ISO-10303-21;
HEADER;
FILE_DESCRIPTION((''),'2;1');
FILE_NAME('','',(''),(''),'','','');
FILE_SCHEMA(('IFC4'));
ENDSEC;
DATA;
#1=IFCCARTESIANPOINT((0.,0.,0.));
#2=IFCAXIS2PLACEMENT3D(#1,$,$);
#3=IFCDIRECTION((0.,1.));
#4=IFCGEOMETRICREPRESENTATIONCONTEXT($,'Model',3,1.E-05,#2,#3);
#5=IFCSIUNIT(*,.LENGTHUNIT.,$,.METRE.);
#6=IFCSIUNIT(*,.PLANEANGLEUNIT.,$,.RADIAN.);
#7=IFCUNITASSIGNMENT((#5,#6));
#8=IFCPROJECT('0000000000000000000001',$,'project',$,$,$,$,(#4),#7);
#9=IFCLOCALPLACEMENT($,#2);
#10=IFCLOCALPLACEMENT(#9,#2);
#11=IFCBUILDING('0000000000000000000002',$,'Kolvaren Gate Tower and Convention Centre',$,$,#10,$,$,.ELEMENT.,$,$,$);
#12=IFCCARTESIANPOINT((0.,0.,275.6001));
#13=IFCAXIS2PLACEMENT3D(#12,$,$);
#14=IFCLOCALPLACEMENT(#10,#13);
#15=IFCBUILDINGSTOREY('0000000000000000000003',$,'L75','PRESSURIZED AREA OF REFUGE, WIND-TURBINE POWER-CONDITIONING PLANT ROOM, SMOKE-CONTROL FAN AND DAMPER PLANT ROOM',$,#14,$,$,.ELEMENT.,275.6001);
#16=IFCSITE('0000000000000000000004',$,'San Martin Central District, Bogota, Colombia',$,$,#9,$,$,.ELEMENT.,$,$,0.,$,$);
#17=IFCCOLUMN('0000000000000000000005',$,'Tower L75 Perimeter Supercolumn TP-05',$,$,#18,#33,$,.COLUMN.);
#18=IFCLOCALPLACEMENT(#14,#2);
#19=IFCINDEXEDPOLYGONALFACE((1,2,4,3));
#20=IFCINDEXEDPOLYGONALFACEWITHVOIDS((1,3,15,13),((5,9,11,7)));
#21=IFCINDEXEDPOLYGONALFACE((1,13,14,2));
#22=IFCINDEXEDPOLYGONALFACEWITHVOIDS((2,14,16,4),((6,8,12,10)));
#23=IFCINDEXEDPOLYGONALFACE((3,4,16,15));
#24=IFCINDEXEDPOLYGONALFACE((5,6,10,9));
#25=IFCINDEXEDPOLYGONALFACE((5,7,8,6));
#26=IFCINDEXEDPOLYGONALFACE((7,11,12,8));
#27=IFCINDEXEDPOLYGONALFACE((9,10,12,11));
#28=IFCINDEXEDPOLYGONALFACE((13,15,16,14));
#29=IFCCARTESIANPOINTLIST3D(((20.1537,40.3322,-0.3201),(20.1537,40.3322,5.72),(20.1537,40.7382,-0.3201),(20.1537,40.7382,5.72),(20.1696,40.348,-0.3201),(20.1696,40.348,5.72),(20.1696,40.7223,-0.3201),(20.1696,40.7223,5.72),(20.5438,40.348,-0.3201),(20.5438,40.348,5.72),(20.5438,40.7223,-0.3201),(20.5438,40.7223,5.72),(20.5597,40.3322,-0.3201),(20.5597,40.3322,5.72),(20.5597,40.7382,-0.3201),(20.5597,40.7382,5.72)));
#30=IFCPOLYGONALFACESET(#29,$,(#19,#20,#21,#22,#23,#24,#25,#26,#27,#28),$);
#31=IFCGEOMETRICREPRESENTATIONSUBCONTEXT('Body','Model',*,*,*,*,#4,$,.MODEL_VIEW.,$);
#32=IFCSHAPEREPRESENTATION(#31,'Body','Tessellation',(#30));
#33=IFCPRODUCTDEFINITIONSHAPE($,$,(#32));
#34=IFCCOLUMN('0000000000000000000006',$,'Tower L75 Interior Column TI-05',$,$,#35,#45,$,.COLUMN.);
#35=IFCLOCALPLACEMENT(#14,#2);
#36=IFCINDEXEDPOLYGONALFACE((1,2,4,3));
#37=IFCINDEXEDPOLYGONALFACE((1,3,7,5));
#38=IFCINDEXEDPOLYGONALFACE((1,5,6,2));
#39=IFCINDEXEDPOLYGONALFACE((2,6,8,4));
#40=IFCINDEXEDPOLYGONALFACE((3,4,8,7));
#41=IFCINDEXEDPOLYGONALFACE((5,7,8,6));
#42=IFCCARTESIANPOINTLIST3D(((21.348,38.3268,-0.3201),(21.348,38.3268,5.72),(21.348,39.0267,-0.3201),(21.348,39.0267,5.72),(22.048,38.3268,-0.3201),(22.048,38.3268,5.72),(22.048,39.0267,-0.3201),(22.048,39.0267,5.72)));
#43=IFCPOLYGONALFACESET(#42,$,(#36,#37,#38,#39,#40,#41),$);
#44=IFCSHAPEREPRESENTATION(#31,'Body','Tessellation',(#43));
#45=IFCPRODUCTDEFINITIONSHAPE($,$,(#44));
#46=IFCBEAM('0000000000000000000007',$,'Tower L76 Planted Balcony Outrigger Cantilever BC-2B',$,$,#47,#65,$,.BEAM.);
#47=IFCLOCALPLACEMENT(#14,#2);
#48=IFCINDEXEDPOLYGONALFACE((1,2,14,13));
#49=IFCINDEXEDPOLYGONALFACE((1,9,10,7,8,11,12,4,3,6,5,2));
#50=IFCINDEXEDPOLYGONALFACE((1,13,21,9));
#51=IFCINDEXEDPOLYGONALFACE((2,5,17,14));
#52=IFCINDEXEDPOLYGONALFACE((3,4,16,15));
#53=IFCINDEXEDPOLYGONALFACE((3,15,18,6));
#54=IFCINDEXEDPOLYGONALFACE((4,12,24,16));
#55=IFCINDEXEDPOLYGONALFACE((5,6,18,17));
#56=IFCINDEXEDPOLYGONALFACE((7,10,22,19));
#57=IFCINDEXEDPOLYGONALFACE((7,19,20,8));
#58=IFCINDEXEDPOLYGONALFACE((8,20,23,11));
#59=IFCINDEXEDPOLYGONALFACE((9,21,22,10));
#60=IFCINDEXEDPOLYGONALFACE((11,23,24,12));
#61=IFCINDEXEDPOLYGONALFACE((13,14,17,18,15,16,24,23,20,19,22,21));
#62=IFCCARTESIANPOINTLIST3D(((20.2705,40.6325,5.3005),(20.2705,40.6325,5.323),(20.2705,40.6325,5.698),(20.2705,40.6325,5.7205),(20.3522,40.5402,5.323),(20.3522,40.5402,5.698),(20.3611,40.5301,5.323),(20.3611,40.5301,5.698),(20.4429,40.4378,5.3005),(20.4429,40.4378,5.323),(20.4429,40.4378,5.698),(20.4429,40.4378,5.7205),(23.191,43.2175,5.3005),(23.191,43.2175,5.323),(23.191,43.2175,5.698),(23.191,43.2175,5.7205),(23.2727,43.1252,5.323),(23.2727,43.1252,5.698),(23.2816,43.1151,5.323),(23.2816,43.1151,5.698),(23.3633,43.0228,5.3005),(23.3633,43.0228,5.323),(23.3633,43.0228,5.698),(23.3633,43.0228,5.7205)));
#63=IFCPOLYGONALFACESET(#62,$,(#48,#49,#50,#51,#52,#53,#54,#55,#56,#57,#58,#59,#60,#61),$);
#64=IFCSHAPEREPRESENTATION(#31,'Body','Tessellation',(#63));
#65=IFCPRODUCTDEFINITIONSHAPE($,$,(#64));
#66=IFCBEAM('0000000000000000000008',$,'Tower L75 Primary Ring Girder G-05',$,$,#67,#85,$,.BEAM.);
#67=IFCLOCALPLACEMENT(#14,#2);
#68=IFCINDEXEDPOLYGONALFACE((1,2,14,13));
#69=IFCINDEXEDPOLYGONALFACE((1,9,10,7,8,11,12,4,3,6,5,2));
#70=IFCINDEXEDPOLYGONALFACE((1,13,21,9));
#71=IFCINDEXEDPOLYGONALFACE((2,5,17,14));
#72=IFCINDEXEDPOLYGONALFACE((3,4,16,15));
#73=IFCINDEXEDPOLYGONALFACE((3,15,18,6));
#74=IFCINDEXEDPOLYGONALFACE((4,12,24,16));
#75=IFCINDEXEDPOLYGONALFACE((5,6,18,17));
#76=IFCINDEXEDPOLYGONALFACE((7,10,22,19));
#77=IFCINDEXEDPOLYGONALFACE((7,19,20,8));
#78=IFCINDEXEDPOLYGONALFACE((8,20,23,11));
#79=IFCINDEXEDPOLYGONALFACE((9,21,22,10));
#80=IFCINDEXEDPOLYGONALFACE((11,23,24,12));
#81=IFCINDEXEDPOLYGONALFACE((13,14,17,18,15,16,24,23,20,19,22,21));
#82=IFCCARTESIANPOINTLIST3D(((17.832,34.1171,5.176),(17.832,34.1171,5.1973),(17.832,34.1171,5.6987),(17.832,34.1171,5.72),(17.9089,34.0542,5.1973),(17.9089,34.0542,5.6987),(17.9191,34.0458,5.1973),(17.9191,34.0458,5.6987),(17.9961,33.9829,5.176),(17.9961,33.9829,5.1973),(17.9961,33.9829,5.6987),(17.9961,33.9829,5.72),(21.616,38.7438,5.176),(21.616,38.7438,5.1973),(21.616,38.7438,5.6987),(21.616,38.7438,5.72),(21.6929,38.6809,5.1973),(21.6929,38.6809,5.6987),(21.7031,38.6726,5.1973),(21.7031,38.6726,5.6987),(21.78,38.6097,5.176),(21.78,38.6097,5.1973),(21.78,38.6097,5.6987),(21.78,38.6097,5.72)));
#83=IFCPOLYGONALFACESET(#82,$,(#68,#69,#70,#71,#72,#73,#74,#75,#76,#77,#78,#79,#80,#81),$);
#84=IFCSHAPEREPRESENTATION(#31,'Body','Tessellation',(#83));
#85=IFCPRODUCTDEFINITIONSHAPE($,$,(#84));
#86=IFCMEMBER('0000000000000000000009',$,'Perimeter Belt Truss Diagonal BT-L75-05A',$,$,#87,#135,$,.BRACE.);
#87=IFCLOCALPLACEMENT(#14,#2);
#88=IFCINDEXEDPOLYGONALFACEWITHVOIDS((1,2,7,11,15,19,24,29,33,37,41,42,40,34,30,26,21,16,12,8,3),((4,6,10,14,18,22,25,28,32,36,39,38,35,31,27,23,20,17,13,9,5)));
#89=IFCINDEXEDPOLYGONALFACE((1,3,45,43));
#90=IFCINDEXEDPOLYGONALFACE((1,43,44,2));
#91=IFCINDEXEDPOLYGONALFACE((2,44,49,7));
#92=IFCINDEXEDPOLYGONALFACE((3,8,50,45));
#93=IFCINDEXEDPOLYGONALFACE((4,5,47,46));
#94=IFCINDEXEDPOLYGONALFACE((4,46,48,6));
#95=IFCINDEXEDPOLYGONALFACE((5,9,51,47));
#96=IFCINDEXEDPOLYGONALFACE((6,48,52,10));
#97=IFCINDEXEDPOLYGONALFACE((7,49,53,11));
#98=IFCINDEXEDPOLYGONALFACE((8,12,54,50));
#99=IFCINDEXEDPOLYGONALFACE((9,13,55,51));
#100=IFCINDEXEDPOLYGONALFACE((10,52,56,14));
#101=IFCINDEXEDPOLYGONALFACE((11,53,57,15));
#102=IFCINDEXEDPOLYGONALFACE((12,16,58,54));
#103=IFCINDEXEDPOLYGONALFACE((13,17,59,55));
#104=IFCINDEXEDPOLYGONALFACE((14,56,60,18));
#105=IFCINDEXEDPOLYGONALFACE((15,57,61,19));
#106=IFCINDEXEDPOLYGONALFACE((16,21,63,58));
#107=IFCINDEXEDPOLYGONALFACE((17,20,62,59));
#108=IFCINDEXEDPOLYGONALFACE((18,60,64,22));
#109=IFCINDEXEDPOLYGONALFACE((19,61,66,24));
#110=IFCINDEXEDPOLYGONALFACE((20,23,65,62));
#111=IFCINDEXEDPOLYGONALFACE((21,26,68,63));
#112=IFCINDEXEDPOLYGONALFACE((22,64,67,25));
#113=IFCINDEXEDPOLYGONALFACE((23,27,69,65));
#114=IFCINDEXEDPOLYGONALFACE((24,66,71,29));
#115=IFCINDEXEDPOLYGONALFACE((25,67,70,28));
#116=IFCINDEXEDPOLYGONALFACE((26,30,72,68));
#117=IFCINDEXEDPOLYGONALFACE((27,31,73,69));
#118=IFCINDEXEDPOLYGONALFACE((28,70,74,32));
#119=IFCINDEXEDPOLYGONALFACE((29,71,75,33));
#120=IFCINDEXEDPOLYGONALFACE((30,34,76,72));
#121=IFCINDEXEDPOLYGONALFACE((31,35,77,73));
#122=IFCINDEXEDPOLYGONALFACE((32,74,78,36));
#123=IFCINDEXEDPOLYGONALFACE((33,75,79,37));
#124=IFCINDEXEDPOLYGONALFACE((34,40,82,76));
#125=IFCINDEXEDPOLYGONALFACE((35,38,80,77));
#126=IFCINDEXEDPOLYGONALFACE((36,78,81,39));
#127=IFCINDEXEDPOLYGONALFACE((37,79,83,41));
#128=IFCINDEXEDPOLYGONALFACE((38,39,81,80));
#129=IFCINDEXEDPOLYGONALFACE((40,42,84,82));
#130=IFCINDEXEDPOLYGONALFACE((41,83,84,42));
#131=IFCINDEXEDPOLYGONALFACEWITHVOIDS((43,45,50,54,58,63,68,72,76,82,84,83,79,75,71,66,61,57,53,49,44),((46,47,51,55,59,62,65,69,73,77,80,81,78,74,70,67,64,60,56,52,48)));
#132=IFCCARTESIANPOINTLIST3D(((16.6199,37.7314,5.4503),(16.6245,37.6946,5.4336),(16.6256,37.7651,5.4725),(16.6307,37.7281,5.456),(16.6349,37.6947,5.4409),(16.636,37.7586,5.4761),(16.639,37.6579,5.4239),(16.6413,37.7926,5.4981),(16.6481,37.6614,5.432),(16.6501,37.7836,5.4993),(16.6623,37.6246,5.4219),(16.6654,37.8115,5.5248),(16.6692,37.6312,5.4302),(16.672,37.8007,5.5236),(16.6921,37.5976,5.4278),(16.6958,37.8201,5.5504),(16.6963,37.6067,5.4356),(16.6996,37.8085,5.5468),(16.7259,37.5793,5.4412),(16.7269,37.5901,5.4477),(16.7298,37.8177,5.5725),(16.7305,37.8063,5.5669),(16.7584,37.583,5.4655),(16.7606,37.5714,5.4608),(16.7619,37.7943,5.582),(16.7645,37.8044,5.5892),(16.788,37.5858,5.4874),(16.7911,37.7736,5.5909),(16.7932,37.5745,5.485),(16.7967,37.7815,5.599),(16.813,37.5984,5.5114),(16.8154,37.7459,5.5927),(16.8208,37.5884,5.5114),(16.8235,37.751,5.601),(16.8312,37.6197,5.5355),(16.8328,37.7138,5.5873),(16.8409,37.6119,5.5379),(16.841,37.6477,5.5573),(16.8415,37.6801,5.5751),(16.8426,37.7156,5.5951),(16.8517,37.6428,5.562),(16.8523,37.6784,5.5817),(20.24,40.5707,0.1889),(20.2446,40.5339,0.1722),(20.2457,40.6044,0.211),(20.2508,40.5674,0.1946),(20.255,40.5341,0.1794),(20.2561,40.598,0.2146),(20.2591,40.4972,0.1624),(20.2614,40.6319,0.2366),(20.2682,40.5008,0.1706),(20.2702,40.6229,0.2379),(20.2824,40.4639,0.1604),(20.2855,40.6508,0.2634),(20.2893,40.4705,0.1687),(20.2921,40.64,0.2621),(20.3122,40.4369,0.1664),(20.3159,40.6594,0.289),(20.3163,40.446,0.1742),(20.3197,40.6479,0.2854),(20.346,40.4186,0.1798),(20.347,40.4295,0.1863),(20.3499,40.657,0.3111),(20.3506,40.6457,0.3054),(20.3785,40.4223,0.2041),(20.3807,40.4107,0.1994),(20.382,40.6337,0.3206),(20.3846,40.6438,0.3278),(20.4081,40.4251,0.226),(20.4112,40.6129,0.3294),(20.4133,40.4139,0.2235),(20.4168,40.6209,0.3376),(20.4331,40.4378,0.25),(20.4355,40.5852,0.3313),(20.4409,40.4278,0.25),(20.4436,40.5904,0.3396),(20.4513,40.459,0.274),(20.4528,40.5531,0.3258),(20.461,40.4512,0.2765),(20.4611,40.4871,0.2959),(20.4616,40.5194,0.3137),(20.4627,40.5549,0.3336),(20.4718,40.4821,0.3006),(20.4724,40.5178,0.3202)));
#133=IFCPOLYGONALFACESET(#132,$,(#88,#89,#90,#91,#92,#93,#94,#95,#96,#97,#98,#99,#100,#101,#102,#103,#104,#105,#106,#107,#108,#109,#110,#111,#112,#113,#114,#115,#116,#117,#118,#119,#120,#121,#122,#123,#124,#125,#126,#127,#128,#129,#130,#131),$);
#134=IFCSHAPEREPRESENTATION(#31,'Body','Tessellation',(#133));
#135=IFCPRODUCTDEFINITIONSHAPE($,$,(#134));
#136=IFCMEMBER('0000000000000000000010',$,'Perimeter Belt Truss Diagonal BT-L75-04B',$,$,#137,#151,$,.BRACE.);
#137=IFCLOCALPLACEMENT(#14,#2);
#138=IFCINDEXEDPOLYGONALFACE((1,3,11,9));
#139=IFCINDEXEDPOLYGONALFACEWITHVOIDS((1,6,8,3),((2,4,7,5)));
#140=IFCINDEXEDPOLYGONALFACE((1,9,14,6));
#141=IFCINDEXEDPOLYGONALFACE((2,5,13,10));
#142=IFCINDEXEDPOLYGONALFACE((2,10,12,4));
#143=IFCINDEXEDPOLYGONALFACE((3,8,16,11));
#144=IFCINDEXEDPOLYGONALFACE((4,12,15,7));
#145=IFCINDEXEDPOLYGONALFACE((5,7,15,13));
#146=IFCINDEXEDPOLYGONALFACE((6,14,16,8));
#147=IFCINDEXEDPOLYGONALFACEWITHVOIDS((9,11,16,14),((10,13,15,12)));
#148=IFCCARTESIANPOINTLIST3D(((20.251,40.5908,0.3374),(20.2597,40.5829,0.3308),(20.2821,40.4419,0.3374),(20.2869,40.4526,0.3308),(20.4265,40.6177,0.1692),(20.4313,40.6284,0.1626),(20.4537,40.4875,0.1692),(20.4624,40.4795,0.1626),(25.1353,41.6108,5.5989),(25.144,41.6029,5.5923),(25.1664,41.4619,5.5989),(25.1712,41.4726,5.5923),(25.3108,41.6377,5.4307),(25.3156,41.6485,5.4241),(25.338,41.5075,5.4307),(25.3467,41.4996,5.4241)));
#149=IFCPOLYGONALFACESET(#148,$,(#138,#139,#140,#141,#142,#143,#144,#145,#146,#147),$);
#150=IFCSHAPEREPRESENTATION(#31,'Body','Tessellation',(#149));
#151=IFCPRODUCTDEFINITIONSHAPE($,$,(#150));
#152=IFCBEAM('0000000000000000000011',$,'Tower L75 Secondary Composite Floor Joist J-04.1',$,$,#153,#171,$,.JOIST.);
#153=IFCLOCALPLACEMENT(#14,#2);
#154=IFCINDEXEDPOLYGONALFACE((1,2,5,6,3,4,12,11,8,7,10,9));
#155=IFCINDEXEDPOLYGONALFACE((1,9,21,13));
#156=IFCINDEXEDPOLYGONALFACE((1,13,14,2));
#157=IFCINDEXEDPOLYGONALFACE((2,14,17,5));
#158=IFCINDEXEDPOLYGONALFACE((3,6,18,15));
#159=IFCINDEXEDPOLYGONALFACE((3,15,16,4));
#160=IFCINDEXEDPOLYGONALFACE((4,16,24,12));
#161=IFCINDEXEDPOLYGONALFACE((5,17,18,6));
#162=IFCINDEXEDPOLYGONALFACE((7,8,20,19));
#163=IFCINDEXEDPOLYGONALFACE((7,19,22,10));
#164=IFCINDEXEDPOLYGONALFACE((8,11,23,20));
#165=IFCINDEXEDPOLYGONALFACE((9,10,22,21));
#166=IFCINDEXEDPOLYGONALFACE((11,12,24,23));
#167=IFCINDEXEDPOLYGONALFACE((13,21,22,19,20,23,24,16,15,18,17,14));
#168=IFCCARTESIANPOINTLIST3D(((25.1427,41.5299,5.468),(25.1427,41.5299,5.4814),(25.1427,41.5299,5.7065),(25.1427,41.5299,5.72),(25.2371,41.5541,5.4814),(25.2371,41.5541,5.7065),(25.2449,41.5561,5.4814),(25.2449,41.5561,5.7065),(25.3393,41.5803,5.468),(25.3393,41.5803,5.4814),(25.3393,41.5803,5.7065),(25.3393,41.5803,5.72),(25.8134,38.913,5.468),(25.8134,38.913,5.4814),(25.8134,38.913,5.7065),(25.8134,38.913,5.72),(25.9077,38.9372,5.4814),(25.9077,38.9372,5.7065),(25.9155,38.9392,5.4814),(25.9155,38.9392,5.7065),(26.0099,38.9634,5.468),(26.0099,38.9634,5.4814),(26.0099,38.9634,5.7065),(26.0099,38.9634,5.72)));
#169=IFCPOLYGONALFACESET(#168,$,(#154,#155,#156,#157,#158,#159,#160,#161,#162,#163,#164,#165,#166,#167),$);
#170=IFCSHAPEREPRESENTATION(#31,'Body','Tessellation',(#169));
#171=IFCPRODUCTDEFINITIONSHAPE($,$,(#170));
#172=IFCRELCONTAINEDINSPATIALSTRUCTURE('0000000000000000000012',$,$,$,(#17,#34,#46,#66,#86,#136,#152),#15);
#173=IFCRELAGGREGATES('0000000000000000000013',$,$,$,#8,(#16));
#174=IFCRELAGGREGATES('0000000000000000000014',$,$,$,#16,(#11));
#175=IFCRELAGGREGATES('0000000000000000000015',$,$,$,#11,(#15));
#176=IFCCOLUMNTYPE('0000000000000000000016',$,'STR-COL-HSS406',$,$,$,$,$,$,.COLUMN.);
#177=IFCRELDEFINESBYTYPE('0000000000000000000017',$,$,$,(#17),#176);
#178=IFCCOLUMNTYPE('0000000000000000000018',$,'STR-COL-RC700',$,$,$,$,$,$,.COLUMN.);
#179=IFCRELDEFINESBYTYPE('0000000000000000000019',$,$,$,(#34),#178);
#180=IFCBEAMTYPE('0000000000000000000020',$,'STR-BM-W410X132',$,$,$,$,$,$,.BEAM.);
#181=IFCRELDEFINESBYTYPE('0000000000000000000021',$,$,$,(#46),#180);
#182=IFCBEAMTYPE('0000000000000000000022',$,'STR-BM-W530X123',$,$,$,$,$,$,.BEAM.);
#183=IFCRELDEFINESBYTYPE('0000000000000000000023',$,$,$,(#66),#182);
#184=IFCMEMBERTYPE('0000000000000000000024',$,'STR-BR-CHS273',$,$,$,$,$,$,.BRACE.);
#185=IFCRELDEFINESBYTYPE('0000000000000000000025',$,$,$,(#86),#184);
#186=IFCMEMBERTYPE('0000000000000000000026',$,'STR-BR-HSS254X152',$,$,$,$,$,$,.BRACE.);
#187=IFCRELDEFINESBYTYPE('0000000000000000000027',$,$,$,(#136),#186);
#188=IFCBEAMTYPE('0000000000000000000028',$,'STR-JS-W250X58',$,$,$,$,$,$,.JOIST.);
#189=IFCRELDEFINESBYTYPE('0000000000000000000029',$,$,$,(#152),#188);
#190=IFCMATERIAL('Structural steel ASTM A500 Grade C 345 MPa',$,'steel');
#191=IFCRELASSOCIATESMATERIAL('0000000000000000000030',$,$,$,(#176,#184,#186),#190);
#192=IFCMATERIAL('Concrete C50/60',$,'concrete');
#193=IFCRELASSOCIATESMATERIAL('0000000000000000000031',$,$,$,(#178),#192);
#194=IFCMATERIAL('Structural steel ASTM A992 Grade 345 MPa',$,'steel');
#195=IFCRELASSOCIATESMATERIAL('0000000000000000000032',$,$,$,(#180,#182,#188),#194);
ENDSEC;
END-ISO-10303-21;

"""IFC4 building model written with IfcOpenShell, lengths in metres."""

from ifc_helpers import new_model, si_unit, direction, frame, origin, origin_2d, place, context, subcontext, project, spatial, rectangle, hollow_rectangle, hollow_circle, i_section, extrude, material, material_profile, profile_set, type_object, element, save


model = new_model("IFC4")

# Units and contexts
model_context = context("Model", 3, precision=1e-05, world=origin(), true_north=direction((0.0, 1.0)))
body_context = subcontext(model_context, "Body", "Model", "MODEL_VIEW")
ifc_project = project(units=[si_unit("LENGTHUNIT", "METRE"), si_unit("PLANEANGLEUNIT", "RADIAN")], contexts=[model_context])

# Site, building, storey
site_placement = place(None, origin())
site = spatial("IfcSite", under=ifc_project, at=site_placement, Name="San Martin Central District, Bogota, Colombia", CompositionType="ELEMENT", RefElevation=0.0)
building_placement = place(site_placement, origin())
building = spatial("IfcBuilding", under=site, at=building_placement, Name="Kolvaren Gate Tower and Convention Centre", CompositionType="ELEMENT")
storey_placement = place(building_placement, frame((0.0, 0.0, 275.6001)))
storey = spatial("IfcBuildingStorey", under=building, at=storey_placement, Name="L75", Description="PRESSURIZED AREA OF REFUGE, WIND-TURBINE POWER-CONDITIONING PLANT ROOM, SMOKE-CONTROL FAN AND DAMPER PLANT ROOM", CompositionType="ELEMENT", Elevation=275.6001)

# Columns
ifc_material_1 = material(Name="Structural steel ASTM A500 Grade C 345 MPa", Category="steel")
ifc_material_profile_1 = material_profile(ifc_material_1, hollow_rectangle(XDim=0.406, YDim=0.406, WallThickness=0.0159, at=origin_2d()), Name="HSS406X406X15.9")
ifc_profile_set_1 = profile_set([ifc_material_profile_1], Name="Structural steel ASTM A500 Grade C 345 MPa")
column_type_1 = type_object("IfcColumnType", Name="STR-COL-HSS406", PredefinedType="COLUMN", material=ifc_profile_set_1)
column_1_placement = place(storey_placement, frame((20.3567, 40.5352, -0.3201), z_axis=(0.0, 0.0, 1.0), x_axis=(1.0, 0.0, 0.0)))
element("IfcColumn", 1, at=column_1_placement, inside=storey, type_object=column_type_1, Name="Tower L75 Perimeter Supercolumn TP-05", PredefinedType="COLUMN", context=body_context, shape_type="SweptSolid", body=[
    extrude(hollow_rectangle(XDim=0.406, YDim=0.406, WallThickness=0.0159, at=origin_2d()), origin(), (0.0, 0.0, 1.0), 6.04),
])
ifc_material_2 = material(Name="Concrete C50/60", Category="concrete")
ifc_material_profile_2 = material_profile(ifc_material_2, rectangle(XDim=0.7, YDim=0.7, at=origin_2d()), Name="RC-COL-700X700")
ifc_profile_set_2 = profile_set([ifc_material_profile_2], Name="Concrete C50/60")
column_type_2 = type_object("IfcColumnType", Name="STR-COL-RC700", PredefinedType="COLUMN", material=ifc_profile_set_2)
column_2_placement = place(storey_placement, frame((21.698, 38.6768, -0.3201), z_axis=(0.0, 0.0, 1.0), x_axis=(1.0, 0.0, 0.0)))
element("IfcColumn", 2, at=column_2_placement, inside=storey, type_object=column_type_2, Name="Tower L75 Interior Column TI-05", PredefinedType="COLUMN", context=body_context, shape_type="SweptSolid", body=[
    extrude(rectangle(XDim=0.7, YDim=0.7, at=origin_2d()), origin(), (0.0, 0.0, 1.0), 6.04),
])

# Beams
ifc_material_3 = material(Name="Structural steel ASTM A992 Grade 345 MPa", Category="steel")
ifc_material_profile_3 = material_profile(ifc_material_3, i_section(OverallWidth=0.26, OverallDepth=0.4199, WebThickness=0.0134, FlangeThickness=0.0225, at=origin_2d()), Name="W410X132")
ifc_profile_set_3 = profile_set([ifc_material_profile_3], Name="Structural steel ASTM A992 Grade 345 MPa")
beam_type_1 = type_object("IfcBeamType", Name="STR-BM-W410X132", PredefinedType="BEAM", material=ifc_profile_set_3)
beam_1_placement = place(storey_placement, frame((20.3567, 40.5352, 5.5105), z_axis=(0.748803, 0.662793, 0.0), x_axis=(-0.662793, 0.748803, 0.0)))
element("IfcBeam", 3, at=beam_1_placement, inside=storey, type_object=beam_type_1, Name="Tower L76 Planted Balcony Outrigger Cantilever BC-2B", PredefinedType="BEAM", context=body_context, shape_type="SweptSolid", body=[
    extrude(i_section(OverallWidth=0.26, OverallDepth=0.4199, WebThickness=0.0134, FlangeThickness=0.0225, at=origin_2d()), origin(), (0.0, 0.0, 1.0), 3.9001),
])
ifc_material_profile_4 = material_profile(ifc_material_3, i_section(OverallWidth=0.2119, OverallDepth=0.5439, WebThickness=0.0132, FlangeThickness=0.0212, at=origin_2d()), Name="W530X123")
ifc_profile_set_4 = profile_set([ifc_material_profile_4], Name="Structural steel ASTM A992 Grade 345 MPa")
beam_type_2 = type_object("IfcBeamType", Name="STR-BM-W530X123", PredefinedType="BEAM", material=ifc_profile_set_4)
beam_2_placement = place(storey_placement, frame((21.698, 38.6768, 5.448), z_axis=(-0.633082, -0.774085, 0.0), x_axis=(0.774085, -0.633082, 0.0)))
element("IfcBeam", 4, at=beam_2_placement, inside=storey, type_object=beam_type_2, Name="Tower L75 Primary Ring Girder G-05", PredefinedType="BEAM", context=body_context, shape_type="SweptSolid", body=[
    extrude(i_section(OverallWidth=0.2119, OverallDepth=0.5439, WebThickness=0.0132, FlangeThickness=0.0212, at=origin_2d()), origin(), (0.0, 0.0, 1.0), 5.9771),
])

# Members
ifc_material_profile_5 = material_profile(ifc_material_1, hollow_circle(Radius=0.1365, WallThickness=0.0127, at=origin_2d()), Name="CHS273X12.7")
ifc_profile_set_5 = profile_set([ifc_material_profile_5], Name="Structural steel ASTM A500 Grade C 345 MPa")
member_type_1 = type_object("IfcMemberType", Name="STR-BR-CHS273", PredefinedType="BRACE", material=ifc_profile_set_5)
member_1_placement = place(storey_placement, frame((20.3567, 40.5352, 0.25), z_axis=(-0.517951, -0.406243, 0.75279), x_axis=(0.617146, -0.786848, 0.0)))
element("IfcMember", 5, at=member_1_placement, inside=storey, type_object=member_type_1, Name="Perimeter Belt Truss Diagonal BT-L75-05A", PredefinedType="BRACE", context=body_context, shape_type="SweptSolid", body=[
    extrude(hollow_circle(Radius=0.1365, WallThickness=0.0127, at=origin_2d()), origin(), (0.0, 0.0, 1.0), 6.9893),
])
ifc_material_profile_6 = material_profile(ifc_material_1, hollow_rectangle(XDim=0.1521, YDim=0.2539, WallThickness=0.0095, at=origin_2d()), Name="HSS254X152X9.5")
ifc_profile_set_6 = profile_set([ifc_material_profile_6], Name="Structural steel ASTM A500 Grade C 345 MPa")
member_type_2 = type_object("IfcMemberType", Name="STR-BR-HSS254X152", PredefinedType="BRACE", material=ifc_profile_set_6)
member_2_placement = place(storey_placement, frame((20.3567, 40.5352, 0.25), z_axis=(0.673583, 0.140669, 0.725602), x_axis=(-0.204427, 0.978882, 0.0)))
element("IfcMember", 6, at=member_2_placement, inside=storey, type_object=member_type_2, Name="Perimeter Belt Truss Diagonal BT-L75-04B", PredefinedType="BRACE", context=body_context, shape_type="SweptSolid", body=[
    extrude(hollow_rectangle(XDim=0.1521, YDim=0.2539, WallThickness=0.0095, at=origin_2d()), origin(), (0.0, 0.0, 1.0), 7.2512),
])

# Beam
ifc_material_profile_7 = material_profile(ifc_material_3, i_section(OverallWidth=0.2029, OverallDepth=0.252, WebThickness=0.0081, FlangeThickness=0.0134, at=origin_2d()), Name="W250X58")
ifc_profile_set_7 = profile_set([ifc_material_profile_7], Name="Structural steel ASTM A992 Grade 345 MPa")
beam_type_3 = type_object("IfcBeamType", Name="STR-JS-W250X58", PredefinedType="JOIST", material=ifc_profile_set_7)
beam_3_placement = place(storey_placement, frame((25.9116, 38.9382, 5.594), z_axis=(-0.248251, 0.968696, 0.0), x_axis=(-0.968696, -0.248251, 0.0)))
element("IfcBeam", 7, at=beam_3_placement, inside=storey, type_object=beam_type_3, Name="Tower L75 Secondary Composite Floor Joist J-04.1", PredefinedType="JOIST", context=body_context, shape_type="SweptSolid", body=[
    extrude(i_section(OverallWidth=0.2029, OverallDepth=0.252, WebThickness=0.0081, FlangeThickness=0.0134, at=origin_2d()), origin(), (0.0, 0.0, 1.0), 2.7014),
])

save(model, "model.ifc")
